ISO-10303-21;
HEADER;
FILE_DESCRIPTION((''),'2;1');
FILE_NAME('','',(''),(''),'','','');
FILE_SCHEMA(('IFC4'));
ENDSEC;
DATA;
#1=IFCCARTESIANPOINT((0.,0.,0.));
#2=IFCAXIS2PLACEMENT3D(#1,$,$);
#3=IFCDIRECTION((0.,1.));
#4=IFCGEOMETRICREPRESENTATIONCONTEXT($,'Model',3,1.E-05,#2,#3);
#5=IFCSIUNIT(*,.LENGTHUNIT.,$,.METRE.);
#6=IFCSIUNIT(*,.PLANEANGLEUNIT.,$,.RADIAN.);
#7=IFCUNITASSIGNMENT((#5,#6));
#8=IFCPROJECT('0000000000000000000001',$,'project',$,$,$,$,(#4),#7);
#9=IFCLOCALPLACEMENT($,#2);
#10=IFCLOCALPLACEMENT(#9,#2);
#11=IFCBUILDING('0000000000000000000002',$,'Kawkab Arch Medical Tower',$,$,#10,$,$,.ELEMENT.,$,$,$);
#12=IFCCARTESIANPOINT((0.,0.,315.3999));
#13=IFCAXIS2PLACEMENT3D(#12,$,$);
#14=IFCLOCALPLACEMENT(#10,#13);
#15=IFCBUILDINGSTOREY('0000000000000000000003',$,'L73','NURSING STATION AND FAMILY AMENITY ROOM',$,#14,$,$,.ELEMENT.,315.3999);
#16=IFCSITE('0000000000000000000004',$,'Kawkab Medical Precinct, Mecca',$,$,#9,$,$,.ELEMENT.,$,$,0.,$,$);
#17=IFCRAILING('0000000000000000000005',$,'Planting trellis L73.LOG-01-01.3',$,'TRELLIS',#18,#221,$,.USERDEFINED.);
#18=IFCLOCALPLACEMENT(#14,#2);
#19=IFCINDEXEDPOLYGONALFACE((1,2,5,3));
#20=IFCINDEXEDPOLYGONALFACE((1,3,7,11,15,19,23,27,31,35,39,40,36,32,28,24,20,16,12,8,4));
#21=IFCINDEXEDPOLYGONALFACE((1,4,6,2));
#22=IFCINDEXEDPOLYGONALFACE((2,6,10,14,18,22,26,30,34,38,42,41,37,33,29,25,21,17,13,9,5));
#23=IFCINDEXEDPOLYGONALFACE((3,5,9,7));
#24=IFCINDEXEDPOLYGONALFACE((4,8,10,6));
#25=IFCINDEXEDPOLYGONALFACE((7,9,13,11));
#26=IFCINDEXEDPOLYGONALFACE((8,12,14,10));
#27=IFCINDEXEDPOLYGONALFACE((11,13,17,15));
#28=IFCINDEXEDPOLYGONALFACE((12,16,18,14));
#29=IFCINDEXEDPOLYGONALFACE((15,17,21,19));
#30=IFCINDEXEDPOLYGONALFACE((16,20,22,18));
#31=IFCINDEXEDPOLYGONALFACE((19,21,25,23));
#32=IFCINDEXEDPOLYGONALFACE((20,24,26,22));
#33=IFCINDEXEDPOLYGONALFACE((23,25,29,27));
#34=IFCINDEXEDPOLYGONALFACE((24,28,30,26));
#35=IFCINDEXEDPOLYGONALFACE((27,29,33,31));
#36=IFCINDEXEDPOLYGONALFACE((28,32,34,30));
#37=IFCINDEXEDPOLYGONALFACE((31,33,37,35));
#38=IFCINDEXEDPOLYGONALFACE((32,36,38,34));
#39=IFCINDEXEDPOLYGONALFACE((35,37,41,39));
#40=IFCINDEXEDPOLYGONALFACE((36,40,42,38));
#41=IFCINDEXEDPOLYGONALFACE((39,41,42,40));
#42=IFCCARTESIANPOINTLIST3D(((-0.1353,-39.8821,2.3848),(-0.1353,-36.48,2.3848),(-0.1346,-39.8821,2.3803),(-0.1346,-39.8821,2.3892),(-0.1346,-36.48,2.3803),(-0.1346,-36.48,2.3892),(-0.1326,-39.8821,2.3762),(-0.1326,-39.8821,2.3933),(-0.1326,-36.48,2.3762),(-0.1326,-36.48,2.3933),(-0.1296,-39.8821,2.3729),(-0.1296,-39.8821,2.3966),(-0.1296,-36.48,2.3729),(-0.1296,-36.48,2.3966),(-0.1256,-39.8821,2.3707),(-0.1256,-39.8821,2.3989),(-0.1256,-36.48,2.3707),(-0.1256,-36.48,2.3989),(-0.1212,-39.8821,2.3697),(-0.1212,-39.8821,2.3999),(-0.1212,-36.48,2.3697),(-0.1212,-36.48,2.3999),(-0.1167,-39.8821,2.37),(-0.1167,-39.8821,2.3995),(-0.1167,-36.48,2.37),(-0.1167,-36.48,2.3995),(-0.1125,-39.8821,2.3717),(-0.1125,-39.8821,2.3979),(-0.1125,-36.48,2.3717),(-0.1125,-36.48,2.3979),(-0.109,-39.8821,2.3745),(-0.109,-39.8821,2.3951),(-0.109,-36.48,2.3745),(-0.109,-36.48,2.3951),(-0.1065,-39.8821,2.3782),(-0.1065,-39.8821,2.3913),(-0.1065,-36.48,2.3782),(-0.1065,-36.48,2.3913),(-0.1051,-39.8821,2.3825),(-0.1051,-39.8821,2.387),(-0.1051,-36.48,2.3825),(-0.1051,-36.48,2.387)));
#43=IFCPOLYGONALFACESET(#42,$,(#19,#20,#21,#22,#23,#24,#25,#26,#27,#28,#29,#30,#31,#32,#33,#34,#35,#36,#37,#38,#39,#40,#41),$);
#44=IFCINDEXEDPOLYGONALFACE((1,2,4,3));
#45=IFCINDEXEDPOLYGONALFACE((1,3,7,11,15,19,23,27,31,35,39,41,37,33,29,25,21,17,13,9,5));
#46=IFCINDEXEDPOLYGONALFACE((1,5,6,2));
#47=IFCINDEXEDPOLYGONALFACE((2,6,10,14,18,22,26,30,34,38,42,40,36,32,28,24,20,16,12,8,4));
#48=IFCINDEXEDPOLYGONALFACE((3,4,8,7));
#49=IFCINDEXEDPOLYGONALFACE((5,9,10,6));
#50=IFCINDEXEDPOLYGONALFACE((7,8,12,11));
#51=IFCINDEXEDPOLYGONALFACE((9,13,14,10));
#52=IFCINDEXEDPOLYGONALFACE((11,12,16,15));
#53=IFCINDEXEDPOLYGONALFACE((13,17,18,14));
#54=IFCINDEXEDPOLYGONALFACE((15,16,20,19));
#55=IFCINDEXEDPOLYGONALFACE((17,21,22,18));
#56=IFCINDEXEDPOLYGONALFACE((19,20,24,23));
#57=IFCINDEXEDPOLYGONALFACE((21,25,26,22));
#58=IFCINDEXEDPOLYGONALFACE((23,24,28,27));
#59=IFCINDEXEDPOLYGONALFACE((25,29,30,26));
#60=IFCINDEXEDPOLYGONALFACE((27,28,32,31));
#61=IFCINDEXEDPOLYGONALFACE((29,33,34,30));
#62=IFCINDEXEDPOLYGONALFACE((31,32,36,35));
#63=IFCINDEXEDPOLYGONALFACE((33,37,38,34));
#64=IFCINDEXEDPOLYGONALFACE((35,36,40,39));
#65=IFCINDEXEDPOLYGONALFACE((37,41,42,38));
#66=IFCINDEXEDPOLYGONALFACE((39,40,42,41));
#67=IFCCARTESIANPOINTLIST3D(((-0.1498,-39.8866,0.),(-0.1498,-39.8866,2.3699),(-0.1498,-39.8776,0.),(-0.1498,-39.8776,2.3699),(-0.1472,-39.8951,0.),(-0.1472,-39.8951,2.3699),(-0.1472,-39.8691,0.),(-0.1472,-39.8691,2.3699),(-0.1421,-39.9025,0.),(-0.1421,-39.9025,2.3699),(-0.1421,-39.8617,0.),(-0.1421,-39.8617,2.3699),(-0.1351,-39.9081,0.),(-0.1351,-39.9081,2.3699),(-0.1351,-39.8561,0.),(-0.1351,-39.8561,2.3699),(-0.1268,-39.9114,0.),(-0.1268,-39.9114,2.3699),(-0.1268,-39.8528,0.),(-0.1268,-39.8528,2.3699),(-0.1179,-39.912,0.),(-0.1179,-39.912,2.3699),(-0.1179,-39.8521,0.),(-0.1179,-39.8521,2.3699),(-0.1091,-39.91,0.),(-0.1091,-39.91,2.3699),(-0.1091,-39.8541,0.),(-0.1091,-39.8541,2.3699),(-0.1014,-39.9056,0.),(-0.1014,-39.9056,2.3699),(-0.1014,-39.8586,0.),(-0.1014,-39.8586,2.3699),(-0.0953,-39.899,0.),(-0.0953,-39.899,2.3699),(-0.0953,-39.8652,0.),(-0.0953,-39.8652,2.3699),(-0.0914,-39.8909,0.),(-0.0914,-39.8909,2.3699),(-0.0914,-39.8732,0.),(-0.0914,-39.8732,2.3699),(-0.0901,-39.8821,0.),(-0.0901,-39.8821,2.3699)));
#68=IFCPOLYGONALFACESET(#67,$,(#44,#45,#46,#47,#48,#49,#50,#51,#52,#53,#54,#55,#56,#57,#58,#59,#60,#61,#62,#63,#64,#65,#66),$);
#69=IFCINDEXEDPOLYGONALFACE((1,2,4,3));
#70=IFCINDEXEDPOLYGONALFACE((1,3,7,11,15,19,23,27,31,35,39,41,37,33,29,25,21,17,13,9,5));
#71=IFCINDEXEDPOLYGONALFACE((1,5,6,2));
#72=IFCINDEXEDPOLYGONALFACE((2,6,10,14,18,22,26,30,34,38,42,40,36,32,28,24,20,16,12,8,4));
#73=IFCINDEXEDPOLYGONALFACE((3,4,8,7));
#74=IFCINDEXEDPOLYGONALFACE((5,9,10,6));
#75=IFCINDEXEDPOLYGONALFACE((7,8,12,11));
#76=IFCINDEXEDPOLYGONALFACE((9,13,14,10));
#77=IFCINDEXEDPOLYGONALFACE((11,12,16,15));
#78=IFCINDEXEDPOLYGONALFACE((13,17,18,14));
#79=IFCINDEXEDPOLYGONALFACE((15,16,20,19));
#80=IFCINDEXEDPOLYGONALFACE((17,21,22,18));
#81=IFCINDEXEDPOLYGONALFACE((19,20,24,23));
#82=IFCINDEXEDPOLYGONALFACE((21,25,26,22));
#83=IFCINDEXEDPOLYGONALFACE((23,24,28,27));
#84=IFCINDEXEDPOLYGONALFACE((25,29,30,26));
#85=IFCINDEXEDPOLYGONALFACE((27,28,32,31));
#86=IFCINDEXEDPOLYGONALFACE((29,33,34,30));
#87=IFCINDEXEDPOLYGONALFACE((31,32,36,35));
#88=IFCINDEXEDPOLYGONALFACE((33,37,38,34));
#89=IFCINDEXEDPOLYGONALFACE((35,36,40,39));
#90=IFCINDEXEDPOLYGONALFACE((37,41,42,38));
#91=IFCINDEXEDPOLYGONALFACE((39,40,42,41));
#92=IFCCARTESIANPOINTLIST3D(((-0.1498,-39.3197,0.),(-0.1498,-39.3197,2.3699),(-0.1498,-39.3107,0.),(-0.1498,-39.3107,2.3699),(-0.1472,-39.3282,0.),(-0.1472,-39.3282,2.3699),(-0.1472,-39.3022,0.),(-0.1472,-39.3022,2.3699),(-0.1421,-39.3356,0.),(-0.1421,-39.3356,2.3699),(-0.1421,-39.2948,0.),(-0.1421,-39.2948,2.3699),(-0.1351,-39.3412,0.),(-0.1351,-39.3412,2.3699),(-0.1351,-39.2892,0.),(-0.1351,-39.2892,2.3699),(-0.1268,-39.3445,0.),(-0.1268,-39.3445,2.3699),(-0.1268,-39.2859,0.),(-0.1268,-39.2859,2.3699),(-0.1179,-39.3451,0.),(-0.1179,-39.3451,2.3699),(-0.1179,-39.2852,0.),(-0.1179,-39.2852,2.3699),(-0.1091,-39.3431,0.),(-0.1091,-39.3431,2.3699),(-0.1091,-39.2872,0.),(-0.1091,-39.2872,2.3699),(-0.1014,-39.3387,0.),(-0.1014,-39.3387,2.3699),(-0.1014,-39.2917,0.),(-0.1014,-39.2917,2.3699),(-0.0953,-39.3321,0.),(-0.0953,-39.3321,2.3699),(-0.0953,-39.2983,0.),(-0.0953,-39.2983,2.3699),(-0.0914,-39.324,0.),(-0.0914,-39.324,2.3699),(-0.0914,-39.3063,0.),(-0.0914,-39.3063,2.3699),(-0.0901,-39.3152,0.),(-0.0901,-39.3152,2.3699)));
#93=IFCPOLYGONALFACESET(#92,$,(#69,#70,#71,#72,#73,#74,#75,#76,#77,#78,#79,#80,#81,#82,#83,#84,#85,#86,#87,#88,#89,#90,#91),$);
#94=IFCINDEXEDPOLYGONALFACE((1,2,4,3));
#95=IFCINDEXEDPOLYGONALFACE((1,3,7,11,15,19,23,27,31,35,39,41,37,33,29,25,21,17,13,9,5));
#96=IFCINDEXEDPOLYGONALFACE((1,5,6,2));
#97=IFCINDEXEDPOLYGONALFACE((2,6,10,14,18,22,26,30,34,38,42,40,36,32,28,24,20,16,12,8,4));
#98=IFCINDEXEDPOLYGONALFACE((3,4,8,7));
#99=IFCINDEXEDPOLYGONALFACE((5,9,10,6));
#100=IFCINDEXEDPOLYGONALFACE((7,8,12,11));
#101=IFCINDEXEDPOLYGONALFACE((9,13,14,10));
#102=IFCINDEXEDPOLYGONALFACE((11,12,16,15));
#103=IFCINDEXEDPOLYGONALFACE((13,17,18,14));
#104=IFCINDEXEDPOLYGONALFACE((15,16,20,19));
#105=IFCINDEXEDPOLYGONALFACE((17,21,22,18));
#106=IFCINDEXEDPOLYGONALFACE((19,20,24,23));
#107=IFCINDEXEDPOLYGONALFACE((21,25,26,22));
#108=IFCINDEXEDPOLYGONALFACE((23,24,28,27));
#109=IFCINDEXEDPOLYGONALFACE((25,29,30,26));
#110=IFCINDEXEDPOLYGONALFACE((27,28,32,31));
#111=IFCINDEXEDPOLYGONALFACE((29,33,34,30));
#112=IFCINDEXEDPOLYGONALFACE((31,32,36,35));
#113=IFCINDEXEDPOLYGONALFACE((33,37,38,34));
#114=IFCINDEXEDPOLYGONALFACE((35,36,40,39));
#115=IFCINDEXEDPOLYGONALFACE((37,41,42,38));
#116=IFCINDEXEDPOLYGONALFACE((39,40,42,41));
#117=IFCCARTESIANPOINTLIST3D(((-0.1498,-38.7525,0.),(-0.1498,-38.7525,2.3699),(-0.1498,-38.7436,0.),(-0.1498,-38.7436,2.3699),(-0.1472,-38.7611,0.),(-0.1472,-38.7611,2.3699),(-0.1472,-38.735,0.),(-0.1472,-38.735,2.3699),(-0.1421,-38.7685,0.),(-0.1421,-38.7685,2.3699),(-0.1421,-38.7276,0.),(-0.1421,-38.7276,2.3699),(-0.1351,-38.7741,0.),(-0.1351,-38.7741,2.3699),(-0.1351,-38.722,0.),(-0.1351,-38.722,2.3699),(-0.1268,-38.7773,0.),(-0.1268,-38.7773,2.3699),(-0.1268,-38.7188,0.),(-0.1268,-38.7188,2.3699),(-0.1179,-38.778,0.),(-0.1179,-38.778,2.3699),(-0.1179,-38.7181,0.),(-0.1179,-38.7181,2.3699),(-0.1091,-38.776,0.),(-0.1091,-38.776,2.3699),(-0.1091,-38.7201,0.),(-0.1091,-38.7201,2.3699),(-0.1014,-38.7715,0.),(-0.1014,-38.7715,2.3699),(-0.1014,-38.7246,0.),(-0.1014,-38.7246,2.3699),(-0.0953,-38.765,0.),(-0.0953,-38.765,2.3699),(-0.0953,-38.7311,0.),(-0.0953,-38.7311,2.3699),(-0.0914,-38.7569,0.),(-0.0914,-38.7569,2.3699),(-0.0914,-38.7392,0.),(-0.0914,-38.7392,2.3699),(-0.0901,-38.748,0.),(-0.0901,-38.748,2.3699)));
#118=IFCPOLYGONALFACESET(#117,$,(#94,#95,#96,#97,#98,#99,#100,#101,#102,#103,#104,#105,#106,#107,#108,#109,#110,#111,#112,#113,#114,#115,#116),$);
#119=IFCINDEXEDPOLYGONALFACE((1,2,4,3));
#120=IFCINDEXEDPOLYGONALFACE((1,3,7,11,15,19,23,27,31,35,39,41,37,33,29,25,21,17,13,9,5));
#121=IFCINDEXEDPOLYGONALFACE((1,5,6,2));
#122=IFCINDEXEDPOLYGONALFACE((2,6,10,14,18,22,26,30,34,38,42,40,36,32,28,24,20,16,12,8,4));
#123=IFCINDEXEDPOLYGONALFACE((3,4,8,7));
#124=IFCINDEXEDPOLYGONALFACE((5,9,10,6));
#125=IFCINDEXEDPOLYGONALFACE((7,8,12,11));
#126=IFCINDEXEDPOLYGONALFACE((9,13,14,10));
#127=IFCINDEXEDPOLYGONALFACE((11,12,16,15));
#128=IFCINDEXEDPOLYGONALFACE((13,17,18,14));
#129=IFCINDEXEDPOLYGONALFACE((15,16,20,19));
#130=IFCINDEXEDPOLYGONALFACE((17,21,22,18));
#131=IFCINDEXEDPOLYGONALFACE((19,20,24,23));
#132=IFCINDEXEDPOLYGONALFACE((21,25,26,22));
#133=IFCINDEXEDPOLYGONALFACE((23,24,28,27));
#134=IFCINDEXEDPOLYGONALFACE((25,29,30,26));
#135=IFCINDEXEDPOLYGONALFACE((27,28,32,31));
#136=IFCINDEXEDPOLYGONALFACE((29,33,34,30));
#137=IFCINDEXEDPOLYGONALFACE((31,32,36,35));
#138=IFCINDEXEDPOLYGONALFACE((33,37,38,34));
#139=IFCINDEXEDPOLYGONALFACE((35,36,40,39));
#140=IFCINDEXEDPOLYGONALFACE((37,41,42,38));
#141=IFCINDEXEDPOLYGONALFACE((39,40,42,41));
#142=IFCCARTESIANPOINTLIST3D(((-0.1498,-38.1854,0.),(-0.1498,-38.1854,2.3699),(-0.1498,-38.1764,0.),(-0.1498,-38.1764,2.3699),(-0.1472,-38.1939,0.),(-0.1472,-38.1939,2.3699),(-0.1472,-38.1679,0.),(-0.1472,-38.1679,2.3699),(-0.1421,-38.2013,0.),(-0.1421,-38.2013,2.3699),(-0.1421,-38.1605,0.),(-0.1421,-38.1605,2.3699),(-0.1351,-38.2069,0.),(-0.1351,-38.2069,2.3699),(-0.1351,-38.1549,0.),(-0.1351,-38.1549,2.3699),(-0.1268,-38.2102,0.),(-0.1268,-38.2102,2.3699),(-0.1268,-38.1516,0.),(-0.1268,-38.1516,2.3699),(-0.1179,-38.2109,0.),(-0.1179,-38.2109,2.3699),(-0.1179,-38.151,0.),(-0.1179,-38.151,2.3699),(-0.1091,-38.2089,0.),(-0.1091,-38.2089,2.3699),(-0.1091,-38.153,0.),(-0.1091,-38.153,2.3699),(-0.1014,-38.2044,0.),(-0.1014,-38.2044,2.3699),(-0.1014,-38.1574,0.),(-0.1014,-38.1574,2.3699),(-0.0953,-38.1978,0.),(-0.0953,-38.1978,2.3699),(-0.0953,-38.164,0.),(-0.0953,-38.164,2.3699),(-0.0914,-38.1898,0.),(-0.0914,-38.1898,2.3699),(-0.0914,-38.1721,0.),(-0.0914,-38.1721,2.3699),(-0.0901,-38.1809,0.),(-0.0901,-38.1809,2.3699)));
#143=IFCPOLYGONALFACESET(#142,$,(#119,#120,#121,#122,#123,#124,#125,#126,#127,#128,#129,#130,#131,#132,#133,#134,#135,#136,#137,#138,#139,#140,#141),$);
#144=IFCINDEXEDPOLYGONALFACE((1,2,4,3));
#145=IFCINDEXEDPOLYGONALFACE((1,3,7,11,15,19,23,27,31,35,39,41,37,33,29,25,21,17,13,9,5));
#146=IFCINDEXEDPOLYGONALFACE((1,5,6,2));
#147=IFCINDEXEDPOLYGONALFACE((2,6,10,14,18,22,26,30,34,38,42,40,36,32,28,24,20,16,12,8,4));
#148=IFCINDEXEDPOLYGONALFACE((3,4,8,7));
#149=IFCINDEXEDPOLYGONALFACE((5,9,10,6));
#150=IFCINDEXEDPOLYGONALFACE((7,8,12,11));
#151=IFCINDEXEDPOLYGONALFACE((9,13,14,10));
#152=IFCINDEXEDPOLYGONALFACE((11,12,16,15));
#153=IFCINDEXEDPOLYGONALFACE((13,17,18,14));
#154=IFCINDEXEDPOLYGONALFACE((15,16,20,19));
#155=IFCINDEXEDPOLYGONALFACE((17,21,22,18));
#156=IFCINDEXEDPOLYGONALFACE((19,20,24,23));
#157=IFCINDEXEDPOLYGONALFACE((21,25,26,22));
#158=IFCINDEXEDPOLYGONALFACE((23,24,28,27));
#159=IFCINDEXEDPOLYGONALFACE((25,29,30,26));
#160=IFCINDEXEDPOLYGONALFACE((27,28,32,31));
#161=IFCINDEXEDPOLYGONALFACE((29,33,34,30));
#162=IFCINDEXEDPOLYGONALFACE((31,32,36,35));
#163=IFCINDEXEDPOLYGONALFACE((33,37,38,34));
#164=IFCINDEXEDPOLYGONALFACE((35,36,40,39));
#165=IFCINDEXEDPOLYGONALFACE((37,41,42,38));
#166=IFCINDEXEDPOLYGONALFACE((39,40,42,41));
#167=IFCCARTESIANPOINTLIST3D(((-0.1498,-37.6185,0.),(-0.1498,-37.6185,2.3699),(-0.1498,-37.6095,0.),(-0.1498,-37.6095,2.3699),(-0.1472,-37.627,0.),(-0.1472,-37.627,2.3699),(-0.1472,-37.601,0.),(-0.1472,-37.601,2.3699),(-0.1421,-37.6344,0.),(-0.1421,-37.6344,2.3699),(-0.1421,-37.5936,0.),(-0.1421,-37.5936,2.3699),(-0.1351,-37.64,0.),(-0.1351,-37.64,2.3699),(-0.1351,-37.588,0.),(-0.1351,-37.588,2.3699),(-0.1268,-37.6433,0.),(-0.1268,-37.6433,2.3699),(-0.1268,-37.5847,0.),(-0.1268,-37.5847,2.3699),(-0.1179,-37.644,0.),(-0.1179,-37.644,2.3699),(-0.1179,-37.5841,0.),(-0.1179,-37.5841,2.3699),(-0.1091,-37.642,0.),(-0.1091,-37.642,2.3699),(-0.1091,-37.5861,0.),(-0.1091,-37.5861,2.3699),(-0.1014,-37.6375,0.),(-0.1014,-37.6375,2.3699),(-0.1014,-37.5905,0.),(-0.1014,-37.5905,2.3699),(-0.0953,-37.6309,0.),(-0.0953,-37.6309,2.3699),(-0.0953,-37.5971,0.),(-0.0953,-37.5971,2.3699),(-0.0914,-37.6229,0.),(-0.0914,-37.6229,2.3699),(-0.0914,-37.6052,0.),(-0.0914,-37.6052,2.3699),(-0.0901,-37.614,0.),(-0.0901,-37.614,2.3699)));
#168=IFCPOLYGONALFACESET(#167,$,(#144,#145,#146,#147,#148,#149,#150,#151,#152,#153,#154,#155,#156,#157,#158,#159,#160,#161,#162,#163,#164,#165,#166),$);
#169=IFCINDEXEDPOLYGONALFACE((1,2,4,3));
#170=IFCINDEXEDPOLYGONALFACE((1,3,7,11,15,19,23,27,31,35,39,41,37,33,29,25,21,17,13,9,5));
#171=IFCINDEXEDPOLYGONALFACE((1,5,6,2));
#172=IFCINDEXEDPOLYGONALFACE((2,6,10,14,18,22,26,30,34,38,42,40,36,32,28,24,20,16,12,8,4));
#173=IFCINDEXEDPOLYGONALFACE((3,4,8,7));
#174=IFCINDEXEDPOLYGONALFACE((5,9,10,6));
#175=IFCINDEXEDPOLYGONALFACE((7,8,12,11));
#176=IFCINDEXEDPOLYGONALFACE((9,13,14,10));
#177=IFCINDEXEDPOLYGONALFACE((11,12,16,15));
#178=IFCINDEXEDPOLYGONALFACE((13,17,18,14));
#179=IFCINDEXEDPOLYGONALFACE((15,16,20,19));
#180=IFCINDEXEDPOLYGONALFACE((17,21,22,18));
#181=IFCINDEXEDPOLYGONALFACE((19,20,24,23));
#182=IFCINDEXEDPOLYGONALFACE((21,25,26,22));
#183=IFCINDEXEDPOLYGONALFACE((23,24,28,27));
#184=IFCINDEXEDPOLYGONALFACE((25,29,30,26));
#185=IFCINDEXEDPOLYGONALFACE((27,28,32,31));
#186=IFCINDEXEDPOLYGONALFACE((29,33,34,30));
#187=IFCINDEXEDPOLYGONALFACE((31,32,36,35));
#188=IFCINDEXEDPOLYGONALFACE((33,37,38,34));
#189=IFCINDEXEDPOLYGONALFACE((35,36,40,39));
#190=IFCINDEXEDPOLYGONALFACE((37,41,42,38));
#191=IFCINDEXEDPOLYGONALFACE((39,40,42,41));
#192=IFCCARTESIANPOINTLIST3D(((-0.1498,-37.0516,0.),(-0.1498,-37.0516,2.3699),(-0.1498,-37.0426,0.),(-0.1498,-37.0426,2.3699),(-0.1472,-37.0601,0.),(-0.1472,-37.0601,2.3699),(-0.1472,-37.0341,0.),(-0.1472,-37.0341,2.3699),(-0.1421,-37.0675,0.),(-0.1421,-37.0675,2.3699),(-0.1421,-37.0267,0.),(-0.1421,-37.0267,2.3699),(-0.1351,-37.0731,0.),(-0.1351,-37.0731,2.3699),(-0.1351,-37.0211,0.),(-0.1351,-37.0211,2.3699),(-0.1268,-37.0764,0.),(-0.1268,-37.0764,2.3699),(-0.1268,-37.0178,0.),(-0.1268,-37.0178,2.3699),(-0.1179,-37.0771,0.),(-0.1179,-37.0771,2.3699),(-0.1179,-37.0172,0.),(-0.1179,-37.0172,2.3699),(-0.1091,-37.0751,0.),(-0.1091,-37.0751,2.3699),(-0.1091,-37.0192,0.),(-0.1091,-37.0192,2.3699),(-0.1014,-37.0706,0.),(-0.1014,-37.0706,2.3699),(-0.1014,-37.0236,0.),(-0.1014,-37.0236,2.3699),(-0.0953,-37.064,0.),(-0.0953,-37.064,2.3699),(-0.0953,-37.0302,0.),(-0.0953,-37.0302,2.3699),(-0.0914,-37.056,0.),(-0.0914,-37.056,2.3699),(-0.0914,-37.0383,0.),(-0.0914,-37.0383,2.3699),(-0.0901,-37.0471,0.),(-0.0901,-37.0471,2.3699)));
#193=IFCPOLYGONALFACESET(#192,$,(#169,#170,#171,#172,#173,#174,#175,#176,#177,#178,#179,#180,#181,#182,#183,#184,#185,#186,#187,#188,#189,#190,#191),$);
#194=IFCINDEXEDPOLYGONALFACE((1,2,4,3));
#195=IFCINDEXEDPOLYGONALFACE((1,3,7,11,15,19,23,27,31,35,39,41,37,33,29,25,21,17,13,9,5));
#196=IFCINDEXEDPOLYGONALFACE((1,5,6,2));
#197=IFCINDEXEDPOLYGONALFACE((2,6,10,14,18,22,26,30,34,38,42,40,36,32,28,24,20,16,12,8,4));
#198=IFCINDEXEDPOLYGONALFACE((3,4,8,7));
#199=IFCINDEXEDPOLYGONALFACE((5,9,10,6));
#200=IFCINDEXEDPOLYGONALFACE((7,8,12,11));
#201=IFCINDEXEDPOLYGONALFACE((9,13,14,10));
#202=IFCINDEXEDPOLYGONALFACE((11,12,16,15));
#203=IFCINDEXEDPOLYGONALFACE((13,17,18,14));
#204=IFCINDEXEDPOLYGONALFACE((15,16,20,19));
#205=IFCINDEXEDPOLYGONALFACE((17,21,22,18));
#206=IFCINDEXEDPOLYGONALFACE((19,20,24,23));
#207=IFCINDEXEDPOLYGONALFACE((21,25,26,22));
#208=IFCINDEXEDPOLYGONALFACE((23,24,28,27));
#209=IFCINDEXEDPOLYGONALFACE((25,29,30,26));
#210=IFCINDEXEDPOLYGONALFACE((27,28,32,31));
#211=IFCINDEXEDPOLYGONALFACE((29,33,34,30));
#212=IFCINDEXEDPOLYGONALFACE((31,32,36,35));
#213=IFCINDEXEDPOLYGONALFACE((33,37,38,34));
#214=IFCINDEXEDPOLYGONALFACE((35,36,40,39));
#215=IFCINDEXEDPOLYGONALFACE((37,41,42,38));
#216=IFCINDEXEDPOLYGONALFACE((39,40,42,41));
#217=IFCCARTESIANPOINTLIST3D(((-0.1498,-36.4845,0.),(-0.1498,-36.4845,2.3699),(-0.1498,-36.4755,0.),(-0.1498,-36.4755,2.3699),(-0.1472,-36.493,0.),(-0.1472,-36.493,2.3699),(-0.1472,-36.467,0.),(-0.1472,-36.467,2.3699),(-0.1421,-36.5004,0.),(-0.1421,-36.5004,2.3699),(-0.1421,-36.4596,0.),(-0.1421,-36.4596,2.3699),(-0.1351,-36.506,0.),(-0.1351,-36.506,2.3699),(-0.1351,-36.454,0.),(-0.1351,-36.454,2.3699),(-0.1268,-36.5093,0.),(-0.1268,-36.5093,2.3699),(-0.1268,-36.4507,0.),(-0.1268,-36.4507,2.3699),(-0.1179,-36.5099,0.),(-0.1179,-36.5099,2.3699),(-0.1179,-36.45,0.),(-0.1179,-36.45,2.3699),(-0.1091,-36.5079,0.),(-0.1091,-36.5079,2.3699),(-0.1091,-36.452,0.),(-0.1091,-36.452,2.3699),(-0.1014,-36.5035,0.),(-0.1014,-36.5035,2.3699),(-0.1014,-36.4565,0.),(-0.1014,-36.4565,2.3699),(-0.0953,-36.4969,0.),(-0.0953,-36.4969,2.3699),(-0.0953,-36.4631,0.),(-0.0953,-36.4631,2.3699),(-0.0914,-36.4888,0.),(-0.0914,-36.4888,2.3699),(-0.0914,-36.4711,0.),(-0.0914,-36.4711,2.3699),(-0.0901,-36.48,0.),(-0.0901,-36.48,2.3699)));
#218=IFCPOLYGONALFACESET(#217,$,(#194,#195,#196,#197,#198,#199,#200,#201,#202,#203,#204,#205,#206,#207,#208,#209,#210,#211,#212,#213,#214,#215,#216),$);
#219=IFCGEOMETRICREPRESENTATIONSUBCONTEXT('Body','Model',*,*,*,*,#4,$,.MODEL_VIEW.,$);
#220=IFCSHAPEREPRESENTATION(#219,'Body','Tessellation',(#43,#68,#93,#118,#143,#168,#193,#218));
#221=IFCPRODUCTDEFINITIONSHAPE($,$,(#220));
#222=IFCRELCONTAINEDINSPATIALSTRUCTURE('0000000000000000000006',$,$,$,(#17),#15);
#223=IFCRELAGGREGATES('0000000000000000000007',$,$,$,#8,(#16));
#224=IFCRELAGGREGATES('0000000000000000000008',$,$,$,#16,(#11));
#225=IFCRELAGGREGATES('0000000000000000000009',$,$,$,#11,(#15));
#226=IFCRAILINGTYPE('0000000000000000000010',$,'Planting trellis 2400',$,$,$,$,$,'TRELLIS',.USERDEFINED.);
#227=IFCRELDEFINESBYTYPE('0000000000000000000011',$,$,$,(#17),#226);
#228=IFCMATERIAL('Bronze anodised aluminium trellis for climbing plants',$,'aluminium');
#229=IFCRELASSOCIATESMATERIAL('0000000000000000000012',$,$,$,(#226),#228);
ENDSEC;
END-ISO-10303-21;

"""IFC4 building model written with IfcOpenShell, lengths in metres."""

from ifc_helpers import new_model, si_unit, direction, frame, origin, origin_2d, place, context, subcontext, project, spatial, circle, extrude, material, type_object, element, save


model = new_model("IFC4")

# Units and contexts
model_context = context("Model", 3, precision=1e-05, world=origin(), true_north=direction((0.0, 1.0)))
body_context = subcontext(model_context, "Body", "Model", "MODEL_VIEW")
ifc_project = project(units=[si_unit("LENGTHUNIT", "METRE"), si_unit("PLANEANGLEUNIT", "RADIAN")], contexts=[model_context])

# Site, building, storey
site_placement = place(None, origin())
site = spatial("IfcSite", under=ifc_project, at=site_placement, Name="Kawkab Medical Precinct, Mecca", CompositionType="ELEMENT", RefElevation=0.0)
building_placement = place(site_placement, origin())
building = spatial("IfcBuilding", under=site, at=building_placement, Name="Kawkab Arch Medical Tower", CompositionType="ELEMENT")
storey_placement = place(building_placement, frame((0.0, 0.0, 315.3999)))
storey = spatial("IfcBuildingStorey", under=building, at=storey_placement, Name="L73", Description="NURSING STATION AND FAMILY AMENITY ROOM", CompositionType="ELEMENT", Elevation=315.3999)

# Railing
ifc_material_1 = material(Name="Bronze anodised aluminium trellis for climbing plants", Category="aluminium")
railing_type_1 = type_object("IfcRailingType", Name="Planting trellis 2400", ElementType="TRELLIS", PredefinedType="USERDEFINED", material=ifc_material_1)
railing_1_placement = place(storey_placement, frame((-0.1201, -39.8821, 0.0)))
element("IfcRailing", 1, at=railing_1_placement, inside=storey, type_object=railing_type_1, Name="Planting trellis L73.LOG-01-01.3", ObjectType="TRELLIS", PredefinedType="USERDEFINED", context=body_context, shape_type="SweptSolid", body=[
    extrude(circle(Radius=0.0151, at=origin_2d()), frame((0.0, 0.0, 2.3848), z_axis=(0.0, 1.0, 0.0), x_axis=(-1.0, 0.0, 0.0)), (0.0, 0.0, 1.0), 3.4021),
    extrude(circle(Radius=0.03, at=origin_2d()), origin(), (0.0, 0.0, 1.0), 2.3699),
    extrude(circle(Radius=0.03, at=origin_2d()), frame((0.0, 0.5669, 0.0)), (0.0, 0.0, 1.0), 2.3699),
    extrude(circle(Radius=0.03, at=origin_2d()), frame((0.0, 1.134, 0.0)), (0.0, 0.0, 1.0), 2.3699),
    extrude(circle(Radius=0.03, at=origin_2d()), frame((0.0, 1.7012, 0.0)), (0.0, 0.0, 1.0), 2.3699),
    extrude(circle(Radius=0.03, at=origin_2d()), frame((0.0, 2.2681, 0.0)), (0.0, 0.0, 1.0), 2.3699),
    extrude(circle(Radius=0.03, at=origin_2d()), frame((0.0, 2.835, 0.0)), (0.0, 0.0, 1.0), 2.3699),
    extrude(circle(Radius=0.03, at=origin_2d()), frame((0.0, 3.4021, 0.0)), (0.0, 0.0, 1.0), 2.3699),
])

save(model, "model.ifc")
